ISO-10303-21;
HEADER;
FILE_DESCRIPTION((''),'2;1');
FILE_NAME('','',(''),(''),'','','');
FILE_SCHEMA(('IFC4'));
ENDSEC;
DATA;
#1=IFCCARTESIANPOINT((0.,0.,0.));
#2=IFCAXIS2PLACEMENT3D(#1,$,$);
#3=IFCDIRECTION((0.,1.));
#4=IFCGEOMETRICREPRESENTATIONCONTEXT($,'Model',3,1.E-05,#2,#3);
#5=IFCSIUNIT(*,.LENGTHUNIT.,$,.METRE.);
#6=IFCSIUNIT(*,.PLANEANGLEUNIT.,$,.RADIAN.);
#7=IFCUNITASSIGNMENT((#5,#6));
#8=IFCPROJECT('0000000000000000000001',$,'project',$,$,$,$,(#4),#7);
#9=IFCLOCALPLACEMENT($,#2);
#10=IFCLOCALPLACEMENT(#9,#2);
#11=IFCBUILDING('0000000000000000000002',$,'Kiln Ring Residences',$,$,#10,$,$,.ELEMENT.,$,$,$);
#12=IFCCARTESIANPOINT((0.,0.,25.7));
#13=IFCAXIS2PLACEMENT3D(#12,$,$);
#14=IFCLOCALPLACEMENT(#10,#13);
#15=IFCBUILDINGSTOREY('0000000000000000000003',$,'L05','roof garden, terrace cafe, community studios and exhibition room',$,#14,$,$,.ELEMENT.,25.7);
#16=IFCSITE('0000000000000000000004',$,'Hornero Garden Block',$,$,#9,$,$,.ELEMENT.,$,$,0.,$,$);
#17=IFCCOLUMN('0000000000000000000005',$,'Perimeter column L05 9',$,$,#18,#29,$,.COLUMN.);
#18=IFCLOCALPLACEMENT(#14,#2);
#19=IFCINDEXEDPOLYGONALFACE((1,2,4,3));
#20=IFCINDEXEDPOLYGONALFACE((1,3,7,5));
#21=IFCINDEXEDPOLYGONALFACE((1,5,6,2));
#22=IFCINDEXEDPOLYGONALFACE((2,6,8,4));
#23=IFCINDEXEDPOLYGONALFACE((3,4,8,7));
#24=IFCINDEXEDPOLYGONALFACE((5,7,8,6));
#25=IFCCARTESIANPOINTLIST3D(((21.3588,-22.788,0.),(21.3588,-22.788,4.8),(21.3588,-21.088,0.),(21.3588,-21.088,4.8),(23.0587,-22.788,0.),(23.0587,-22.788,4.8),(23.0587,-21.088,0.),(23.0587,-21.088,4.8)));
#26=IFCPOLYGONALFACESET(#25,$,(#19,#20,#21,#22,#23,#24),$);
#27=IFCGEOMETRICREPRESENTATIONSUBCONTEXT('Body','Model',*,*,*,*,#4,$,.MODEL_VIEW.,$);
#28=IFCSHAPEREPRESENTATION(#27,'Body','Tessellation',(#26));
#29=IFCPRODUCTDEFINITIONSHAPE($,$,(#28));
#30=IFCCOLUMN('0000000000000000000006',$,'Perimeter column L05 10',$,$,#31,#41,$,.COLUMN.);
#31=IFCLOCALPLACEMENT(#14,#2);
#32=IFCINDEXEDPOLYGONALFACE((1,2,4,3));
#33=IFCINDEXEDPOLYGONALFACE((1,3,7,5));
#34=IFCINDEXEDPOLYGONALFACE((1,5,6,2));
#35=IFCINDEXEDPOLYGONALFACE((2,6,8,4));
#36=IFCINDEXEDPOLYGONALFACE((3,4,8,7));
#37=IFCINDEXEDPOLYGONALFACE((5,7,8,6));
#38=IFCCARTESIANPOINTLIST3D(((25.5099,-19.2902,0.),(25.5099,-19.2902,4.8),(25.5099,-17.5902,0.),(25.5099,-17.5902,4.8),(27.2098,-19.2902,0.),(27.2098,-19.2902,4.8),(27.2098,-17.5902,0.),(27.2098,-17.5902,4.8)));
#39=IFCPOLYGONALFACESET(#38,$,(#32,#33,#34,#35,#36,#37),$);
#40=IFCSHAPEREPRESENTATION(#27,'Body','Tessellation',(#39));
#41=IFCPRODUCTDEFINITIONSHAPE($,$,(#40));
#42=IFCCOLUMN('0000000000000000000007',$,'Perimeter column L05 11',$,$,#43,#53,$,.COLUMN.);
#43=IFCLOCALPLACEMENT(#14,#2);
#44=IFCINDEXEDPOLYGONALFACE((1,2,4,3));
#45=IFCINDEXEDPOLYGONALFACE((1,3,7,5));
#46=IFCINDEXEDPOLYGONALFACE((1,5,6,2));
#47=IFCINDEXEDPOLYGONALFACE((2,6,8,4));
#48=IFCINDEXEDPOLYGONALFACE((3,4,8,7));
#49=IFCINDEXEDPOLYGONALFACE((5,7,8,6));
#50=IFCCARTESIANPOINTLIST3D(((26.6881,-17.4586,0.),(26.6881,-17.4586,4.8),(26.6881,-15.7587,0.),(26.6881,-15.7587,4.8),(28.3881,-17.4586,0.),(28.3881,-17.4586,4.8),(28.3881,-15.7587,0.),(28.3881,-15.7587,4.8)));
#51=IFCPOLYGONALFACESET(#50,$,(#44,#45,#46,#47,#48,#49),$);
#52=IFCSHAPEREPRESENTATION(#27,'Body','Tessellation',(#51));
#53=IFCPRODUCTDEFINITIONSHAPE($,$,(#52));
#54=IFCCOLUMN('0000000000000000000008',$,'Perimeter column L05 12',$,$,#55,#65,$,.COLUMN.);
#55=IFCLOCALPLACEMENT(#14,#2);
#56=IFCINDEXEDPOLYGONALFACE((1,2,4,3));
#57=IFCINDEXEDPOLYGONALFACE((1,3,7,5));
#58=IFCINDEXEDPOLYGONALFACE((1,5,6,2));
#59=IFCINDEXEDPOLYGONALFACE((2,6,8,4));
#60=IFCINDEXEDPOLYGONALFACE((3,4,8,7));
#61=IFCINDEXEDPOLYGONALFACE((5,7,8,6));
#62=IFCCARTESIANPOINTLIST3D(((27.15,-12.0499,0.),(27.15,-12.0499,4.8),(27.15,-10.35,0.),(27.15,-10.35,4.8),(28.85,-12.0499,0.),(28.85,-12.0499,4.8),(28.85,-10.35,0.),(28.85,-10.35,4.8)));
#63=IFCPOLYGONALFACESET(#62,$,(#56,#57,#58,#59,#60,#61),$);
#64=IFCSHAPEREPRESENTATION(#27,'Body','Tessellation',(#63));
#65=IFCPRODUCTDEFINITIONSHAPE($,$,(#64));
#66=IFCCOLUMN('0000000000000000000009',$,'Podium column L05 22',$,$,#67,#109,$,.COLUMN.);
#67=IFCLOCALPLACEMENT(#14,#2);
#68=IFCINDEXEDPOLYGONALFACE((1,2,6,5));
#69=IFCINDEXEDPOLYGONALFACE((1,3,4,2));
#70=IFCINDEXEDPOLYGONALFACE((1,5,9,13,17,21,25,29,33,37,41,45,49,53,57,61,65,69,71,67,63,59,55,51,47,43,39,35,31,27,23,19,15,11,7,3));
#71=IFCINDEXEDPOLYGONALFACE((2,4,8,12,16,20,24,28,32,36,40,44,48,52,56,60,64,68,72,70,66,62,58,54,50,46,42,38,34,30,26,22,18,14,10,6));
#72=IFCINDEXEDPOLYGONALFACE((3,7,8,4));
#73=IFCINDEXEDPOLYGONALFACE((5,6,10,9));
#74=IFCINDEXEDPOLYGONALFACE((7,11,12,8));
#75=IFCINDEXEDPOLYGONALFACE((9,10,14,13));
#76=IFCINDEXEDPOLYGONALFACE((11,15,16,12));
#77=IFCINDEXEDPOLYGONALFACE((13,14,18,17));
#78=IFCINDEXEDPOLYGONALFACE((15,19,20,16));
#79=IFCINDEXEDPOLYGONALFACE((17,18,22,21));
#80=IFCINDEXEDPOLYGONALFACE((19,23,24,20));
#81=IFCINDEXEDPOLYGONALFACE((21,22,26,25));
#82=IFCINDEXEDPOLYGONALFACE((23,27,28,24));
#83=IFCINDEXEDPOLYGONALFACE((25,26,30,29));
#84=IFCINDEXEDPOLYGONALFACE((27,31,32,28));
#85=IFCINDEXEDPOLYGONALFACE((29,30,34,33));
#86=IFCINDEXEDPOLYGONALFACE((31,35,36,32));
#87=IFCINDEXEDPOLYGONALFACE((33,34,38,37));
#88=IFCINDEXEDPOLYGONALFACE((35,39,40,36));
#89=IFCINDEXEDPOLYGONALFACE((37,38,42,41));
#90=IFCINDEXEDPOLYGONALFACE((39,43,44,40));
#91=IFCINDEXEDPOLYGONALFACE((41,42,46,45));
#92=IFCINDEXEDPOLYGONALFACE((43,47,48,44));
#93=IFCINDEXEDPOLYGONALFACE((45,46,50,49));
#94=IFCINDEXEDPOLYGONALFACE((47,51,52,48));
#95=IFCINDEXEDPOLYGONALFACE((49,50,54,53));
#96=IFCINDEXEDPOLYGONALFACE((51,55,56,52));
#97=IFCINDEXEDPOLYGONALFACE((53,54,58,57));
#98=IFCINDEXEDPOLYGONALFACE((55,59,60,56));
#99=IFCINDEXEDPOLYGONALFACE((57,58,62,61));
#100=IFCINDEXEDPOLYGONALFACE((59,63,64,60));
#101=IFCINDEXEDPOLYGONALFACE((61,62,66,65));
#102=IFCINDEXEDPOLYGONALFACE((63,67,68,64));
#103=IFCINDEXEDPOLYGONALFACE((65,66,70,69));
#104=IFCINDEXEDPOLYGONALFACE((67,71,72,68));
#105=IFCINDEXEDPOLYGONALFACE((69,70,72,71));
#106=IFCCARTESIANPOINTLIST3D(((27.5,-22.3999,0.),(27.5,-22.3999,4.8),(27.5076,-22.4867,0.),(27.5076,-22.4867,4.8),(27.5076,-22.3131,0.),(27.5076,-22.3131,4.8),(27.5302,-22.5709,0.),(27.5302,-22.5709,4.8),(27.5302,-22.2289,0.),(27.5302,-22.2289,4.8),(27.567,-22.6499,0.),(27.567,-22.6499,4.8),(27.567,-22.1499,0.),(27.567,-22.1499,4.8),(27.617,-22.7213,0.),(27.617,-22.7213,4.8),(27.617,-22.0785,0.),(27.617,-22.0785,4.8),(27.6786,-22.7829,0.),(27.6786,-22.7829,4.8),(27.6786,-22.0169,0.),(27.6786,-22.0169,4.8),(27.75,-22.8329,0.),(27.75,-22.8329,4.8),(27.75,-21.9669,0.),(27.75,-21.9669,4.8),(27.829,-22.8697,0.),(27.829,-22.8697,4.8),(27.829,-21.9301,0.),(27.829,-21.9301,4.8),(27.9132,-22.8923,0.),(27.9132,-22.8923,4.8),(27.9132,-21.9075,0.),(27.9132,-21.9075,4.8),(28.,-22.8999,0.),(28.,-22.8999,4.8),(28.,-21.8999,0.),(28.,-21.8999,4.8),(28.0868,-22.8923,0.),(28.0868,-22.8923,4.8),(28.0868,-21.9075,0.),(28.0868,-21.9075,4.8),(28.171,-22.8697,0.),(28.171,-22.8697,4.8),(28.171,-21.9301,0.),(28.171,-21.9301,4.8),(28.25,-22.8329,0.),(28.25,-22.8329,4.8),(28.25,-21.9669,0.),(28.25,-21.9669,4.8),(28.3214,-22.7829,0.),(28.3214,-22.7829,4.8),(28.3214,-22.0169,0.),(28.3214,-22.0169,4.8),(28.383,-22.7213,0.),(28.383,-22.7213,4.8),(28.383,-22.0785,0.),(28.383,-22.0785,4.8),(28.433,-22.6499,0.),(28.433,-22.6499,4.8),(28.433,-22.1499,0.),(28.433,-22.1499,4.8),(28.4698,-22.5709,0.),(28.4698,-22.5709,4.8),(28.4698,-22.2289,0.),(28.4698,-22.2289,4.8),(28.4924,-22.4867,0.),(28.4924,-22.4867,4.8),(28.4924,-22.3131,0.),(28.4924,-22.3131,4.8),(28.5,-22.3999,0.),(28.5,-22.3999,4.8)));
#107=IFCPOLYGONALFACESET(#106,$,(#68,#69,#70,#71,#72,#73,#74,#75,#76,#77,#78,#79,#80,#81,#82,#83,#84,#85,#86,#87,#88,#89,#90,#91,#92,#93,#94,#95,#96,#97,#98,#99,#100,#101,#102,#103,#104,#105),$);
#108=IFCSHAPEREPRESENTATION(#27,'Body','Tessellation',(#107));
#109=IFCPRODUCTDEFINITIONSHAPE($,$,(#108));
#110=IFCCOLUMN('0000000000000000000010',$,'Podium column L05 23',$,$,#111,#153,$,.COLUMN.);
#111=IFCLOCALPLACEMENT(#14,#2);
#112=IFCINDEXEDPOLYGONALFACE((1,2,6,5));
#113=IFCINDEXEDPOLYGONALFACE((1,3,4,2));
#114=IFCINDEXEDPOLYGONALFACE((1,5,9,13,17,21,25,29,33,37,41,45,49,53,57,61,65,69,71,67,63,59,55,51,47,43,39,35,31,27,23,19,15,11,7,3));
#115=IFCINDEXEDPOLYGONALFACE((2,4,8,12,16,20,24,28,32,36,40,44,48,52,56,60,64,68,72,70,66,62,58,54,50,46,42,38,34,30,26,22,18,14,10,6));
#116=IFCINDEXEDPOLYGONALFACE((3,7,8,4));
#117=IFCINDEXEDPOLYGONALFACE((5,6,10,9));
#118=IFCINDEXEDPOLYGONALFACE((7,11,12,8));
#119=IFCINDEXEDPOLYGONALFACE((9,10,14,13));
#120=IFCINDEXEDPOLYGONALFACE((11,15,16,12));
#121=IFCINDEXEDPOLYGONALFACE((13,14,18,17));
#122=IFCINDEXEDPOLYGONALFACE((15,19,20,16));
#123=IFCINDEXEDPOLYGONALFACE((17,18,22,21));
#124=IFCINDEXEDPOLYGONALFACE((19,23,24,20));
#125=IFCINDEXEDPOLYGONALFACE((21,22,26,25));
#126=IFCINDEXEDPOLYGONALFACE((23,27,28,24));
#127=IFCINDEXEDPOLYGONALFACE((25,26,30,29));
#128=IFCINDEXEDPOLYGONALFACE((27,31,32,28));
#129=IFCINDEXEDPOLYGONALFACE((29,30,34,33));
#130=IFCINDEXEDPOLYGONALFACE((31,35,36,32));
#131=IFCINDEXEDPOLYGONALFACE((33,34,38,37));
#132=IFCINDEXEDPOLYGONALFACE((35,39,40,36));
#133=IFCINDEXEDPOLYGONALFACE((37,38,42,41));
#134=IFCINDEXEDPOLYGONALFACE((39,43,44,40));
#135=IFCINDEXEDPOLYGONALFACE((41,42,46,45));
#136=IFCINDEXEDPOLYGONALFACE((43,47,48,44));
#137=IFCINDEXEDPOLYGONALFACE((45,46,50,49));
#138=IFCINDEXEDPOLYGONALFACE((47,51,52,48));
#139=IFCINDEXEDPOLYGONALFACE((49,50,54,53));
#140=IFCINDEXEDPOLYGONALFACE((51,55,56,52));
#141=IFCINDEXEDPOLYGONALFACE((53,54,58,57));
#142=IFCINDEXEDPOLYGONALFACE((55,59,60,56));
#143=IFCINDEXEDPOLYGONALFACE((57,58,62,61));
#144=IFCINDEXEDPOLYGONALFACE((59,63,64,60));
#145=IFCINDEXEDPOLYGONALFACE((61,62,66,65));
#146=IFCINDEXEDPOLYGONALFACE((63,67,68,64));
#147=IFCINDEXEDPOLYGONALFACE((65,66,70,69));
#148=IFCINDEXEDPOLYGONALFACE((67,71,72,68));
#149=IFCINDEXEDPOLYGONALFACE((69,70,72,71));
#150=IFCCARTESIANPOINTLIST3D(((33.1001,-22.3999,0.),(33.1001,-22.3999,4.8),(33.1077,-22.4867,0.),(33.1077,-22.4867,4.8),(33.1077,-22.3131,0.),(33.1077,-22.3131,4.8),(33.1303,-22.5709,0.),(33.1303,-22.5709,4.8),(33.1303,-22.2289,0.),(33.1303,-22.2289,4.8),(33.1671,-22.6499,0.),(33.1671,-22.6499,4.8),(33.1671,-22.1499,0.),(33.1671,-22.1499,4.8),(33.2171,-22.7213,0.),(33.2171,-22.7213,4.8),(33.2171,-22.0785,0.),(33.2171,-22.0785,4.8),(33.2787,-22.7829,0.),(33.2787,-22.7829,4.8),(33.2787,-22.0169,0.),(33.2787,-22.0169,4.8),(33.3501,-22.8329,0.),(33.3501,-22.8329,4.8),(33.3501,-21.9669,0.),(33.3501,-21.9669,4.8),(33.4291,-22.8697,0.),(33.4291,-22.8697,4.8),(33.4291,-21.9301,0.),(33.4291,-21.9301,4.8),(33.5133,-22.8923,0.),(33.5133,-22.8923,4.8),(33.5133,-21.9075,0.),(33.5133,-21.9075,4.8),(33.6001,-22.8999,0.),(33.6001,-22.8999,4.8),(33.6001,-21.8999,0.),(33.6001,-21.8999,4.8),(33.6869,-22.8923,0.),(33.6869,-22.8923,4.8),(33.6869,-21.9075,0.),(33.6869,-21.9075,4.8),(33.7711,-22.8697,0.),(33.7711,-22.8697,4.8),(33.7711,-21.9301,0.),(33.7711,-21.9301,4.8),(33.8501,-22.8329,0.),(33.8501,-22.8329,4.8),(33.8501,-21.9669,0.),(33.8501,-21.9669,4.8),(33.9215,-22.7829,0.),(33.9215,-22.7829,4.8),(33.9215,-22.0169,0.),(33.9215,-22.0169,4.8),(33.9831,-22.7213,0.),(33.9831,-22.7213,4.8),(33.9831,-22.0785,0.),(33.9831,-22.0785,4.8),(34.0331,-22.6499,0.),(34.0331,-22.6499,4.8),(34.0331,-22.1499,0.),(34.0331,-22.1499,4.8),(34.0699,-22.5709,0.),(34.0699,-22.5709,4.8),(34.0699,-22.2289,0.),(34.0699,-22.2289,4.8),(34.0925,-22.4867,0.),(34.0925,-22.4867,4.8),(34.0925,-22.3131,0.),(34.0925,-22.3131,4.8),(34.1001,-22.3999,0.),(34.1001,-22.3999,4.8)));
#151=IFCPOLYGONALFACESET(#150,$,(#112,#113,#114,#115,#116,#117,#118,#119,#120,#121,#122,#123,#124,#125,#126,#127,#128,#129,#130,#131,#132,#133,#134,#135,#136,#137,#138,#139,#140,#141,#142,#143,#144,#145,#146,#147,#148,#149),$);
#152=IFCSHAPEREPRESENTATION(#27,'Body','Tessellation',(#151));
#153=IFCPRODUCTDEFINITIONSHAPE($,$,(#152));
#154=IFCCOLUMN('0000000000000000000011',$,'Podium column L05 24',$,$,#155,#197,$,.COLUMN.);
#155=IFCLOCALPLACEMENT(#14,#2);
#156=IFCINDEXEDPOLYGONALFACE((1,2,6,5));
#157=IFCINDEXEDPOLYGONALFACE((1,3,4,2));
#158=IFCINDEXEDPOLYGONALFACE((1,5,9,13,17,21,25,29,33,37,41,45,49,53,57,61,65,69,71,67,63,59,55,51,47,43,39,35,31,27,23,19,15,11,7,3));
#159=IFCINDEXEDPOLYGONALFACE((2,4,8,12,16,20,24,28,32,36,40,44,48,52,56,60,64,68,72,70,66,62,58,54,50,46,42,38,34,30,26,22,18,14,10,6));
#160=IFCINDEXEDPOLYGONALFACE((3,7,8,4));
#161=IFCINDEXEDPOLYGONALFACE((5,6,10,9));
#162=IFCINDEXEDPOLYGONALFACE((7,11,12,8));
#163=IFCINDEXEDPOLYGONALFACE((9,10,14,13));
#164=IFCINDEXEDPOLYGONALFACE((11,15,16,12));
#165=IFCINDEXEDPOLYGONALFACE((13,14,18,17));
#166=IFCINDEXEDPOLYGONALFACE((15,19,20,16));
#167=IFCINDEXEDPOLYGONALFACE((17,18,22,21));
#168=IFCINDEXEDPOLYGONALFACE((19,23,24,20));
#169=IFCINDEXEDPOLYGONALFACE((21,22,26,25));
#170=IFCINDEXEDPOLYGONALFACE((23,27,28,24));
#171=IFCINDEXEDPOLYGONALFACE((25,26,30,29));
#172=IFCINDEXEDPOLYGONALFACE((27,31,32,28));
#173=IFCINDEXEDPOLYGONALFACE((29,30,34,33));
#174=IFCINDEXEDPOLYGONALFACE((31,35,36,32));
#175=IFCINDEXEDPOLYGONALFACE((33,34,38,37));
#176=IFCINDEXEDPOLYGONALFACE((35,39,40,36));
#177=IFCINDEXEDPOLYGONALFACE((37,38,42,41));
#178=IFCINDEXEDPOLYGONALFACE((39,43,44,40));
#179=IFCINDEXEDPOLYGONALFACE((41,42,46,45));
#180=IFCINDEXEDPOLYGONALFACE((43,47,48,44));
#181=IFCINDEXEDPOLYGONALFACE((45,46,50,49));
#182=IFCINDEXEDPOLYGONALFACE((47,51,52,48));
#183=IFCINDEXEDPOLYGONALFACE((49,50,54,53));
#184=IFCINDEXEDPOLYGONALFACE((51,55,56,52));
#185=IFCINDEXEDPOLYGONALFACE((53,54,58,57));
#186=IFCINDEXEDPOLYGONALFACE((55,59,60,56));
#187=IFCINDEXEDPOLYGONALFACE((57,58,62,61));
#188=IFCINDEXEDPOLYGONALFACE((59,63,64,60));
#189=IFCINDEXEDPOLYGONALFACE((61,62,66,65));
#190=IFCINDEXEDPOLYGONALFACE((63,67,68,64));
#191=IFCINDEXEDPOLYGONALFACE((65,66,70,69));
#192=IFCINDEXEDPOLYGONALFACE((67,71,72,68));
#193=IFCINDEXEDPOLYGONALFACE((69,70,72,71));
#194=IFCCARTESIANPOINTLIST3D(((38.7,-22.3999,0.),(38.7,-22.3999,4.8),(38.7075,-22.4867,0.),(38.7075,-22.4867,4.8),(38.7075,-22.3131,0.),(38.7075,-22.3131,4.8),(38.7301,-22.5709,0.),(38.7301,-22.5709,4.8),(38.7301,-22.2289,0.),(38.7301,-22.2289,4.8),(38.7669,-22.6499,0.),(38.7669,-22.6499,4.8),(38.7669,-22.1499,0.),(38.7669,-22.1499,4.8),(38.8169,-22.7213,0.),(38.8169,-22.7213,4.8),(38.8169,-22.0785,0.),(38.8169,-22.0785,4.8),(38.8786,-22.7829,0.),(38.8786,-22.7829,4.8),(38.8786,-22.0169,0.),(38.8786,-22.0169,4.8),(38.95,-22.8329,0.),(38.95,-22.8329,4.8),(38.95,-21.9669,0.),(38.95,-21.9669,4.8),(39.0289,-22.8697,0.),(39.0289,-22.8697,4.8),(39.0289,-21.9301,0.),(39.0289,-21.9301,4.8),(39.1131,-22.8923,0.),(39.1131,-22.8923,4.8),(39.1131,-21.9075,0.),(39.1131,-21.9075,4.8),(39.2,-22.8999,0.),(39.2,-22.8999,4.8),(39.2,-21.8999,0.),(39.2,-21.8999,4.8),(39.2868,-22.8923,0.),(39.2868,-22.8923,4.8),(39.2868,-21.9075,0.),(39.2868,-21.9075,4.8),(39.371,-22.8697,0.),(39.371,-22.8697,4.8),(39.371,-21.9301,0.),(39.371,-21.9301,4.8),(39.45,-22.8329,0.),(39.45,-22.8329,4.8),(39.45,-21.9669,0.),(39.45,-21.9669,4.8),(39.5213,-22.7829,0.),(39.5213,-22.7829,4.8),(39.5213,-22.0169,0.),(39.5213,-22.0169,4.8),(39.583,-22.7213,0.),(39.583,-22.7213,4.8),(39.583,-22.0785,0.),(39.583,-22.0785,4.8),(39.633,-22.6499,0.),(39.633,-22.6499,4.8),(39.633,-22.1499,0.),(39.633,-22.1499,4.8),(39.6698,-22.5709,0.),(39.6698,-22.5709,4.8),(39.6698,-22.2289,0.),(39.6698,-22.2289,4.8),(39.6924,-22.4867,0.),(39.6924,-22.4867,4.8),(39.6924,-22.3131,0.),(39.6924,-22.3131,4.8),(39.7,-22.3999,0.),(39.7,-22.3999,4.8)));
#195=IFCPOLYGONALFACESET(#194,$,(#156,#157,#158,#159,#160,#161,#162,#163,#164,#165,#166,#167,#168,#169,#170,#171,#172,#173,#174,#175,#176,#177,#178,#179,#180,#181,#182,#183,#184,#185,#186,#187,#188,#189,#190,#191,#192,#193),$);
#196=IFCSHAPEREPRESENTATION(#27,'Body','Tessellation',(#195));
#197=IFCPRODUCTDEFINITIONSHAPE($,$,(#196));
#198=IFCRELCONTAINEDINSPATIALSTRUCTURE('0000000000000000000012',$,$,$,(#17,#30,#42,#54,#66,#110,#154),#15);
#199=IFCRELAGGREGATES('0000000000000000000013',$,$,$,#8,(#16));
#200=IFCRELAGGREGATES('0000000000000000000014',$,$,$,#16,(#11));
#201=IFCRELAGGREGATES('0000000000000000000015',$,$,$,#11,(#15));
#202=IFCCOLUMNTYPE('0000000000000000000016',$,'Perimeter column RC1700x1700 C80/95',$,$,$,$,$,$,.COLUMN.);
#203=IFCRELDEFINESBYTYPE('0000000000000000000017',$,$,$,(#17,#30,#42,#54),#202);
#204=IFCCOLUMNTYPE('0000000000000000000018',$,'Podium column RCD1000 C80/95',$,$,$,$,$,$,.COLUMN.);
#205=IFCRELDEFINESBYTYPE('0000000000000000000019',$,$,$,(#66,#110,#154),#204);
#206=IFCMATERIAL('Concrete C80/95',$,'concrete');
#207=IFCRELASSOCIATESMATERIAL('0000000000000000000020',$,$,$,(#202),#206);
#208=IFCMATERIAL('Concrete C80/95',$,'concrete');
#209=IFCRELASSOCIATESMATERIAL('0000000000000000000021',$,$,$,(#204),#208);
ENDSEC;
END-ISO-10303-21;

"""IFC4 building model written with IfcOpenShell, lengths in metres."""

from ifc_helpers import new_model, si_unit, direction, frame, origin, origin_2d, place, context, subcontext, project, spatial, rectangle, circle, extrude, material, material_profile, profile_set, type_object, element, save


model = new_model("IFC4")

# Units and contexts
model_context = context("Model", 3, precision=1e-05, world=origin(), true_north=direction((0.0, 1.0)))
body_context = subcontext(model_context, "Body", "Model", "MODEL_VIEW")
ifc_project = project(units=[si_unit("LENGTHUNIT", "METRE"), si_unit("PLANEANGLEUNIT", "RADIAN")], contexts=[model_context])

# Site, building, storey
site_placement = place(None, origin())
site = spatial("IfcSite", under=ifc_project, at=site_placement, Name="Hornero Garden Block", CompositionType="ELEMENT", RefElevation=0.0)
building_placement = place(site_placement, origin())
building = spatial("IfcBuilding", under=site, at=building_placement, Name="Kiln Ring Residences", CompositionType="ELEMENT")
storey_placement = place(building_placement, frame((0.0, 0.0, 25.7)))
storey = spatial("IfcBuildingStorey", under=building, at=storey_placement, Name="L05", Description="roof garden, terrace cafe, community studios and exhibition room", CompositionType="ELEMENT", Elevation=25.7)

# Columns
ifc_material_1 = material(Name="Concrete C80/95", Category="concrete")
ifc_material_profile_1 = material_profile(ifc_material_1, rectangle(XDim=1.7, YDim=1.7, at=origin_2d()), Name="RC1700x1700")
ifc_profile_set_1 = profile_set([ifc_material_profile_1], Name="Concrete C80/95")
column_type_1 = type_object("IfcColumnType", Name="Perimeter column RC1700x1700 C80/95", PredefinedType="COLUMN", material=ifc_profile_set_1)
for number, where, z_axis, x_axis, name in (
    (1, (22.2087, -21.938, 0.0), (0.0, 0.0, 1.0), (1.0, 0.0, 0.0), "Perimeter column L05 9"),
    (2, (26.3599, -18.4402, 0.0), (0.0, 0.0, 1.0), (1.0, 0.0, 0.0), "Perimeter column L05 10"),
    (3, (27.5381, -16.6086, 0.0), (0.0, 0.0, 1.0), (1.0, 0.0, 0.0), "Perimeter column L05 11"),
    (4, (28.0, -11.2, 0.0), (0.0, 0.0, 1.0), (1.0, 0.0, 0.0), "Perimeter column L05 12"),
):
    element("IfcColumn", number, at=place(storey_placement, frame(where, z_axis=z_axis, x_axis=x_axis)), inside=storey, type_object=column_type_1, Name=name, PredefinedType="COLUMN", context=body_context, shape_type="SweptSolid", body=[
        extrude(rectangle(XDim=1.7, YDim=1.7, at=origin_2d()), origin(), (0.0, 0.0, 1.0), 4.8),
    ])
ifc_material_2 = material(Name="Concrete C80/95", Category="concrete")
ifc_material_profile_2 = material_profile(ifc_material_2, circle(Radius=0.5, at=origin_2d()), Name="RCD1000")
ifc_profile_set_2 = profile_set([ifc_material_profile_2], Name="Concrete C80/95")
column_type_2 = type_object("IfcColumnType", Name="Podium column RCD1000 C80/95", PredefinedType="COLUMN", material=ifc_profile_set_2)
for number, where, z_axis, x_axis, name in (
    (5, (28.0, -22.3999, 0.0), (0.0, 0.0, 1.0), (1.0, 0.0, 0.0), "Podium column L05 22"),
    (6, (33.6001, -22.3999, 0.0), (0.0, 0.0, 1.0), (1.0, 0.0, 0.0), "Podium column L05 23"),
    (7, (39.2, -22.3999, 0.0), (0.0, 0.0, 1.0), (1.0, 0.0, 0.0), "Podium column L05 24"),
):
    element("IfcColumn", number, at=place(storey_placement, frame(where, z_axis=z_axis, x_axis=x_axis)), inside=storey, type_object=column_type_2, Name=name, PredefinedType="COLUMN", context=body_context, shape_type="SweptSolid", body=[
        extrude(circle(Radius=0.5, at=origin_2d()), origin(), (0.0, 0.0, 1.0), 4.8),
    ])

save(model, "model.ifc")
